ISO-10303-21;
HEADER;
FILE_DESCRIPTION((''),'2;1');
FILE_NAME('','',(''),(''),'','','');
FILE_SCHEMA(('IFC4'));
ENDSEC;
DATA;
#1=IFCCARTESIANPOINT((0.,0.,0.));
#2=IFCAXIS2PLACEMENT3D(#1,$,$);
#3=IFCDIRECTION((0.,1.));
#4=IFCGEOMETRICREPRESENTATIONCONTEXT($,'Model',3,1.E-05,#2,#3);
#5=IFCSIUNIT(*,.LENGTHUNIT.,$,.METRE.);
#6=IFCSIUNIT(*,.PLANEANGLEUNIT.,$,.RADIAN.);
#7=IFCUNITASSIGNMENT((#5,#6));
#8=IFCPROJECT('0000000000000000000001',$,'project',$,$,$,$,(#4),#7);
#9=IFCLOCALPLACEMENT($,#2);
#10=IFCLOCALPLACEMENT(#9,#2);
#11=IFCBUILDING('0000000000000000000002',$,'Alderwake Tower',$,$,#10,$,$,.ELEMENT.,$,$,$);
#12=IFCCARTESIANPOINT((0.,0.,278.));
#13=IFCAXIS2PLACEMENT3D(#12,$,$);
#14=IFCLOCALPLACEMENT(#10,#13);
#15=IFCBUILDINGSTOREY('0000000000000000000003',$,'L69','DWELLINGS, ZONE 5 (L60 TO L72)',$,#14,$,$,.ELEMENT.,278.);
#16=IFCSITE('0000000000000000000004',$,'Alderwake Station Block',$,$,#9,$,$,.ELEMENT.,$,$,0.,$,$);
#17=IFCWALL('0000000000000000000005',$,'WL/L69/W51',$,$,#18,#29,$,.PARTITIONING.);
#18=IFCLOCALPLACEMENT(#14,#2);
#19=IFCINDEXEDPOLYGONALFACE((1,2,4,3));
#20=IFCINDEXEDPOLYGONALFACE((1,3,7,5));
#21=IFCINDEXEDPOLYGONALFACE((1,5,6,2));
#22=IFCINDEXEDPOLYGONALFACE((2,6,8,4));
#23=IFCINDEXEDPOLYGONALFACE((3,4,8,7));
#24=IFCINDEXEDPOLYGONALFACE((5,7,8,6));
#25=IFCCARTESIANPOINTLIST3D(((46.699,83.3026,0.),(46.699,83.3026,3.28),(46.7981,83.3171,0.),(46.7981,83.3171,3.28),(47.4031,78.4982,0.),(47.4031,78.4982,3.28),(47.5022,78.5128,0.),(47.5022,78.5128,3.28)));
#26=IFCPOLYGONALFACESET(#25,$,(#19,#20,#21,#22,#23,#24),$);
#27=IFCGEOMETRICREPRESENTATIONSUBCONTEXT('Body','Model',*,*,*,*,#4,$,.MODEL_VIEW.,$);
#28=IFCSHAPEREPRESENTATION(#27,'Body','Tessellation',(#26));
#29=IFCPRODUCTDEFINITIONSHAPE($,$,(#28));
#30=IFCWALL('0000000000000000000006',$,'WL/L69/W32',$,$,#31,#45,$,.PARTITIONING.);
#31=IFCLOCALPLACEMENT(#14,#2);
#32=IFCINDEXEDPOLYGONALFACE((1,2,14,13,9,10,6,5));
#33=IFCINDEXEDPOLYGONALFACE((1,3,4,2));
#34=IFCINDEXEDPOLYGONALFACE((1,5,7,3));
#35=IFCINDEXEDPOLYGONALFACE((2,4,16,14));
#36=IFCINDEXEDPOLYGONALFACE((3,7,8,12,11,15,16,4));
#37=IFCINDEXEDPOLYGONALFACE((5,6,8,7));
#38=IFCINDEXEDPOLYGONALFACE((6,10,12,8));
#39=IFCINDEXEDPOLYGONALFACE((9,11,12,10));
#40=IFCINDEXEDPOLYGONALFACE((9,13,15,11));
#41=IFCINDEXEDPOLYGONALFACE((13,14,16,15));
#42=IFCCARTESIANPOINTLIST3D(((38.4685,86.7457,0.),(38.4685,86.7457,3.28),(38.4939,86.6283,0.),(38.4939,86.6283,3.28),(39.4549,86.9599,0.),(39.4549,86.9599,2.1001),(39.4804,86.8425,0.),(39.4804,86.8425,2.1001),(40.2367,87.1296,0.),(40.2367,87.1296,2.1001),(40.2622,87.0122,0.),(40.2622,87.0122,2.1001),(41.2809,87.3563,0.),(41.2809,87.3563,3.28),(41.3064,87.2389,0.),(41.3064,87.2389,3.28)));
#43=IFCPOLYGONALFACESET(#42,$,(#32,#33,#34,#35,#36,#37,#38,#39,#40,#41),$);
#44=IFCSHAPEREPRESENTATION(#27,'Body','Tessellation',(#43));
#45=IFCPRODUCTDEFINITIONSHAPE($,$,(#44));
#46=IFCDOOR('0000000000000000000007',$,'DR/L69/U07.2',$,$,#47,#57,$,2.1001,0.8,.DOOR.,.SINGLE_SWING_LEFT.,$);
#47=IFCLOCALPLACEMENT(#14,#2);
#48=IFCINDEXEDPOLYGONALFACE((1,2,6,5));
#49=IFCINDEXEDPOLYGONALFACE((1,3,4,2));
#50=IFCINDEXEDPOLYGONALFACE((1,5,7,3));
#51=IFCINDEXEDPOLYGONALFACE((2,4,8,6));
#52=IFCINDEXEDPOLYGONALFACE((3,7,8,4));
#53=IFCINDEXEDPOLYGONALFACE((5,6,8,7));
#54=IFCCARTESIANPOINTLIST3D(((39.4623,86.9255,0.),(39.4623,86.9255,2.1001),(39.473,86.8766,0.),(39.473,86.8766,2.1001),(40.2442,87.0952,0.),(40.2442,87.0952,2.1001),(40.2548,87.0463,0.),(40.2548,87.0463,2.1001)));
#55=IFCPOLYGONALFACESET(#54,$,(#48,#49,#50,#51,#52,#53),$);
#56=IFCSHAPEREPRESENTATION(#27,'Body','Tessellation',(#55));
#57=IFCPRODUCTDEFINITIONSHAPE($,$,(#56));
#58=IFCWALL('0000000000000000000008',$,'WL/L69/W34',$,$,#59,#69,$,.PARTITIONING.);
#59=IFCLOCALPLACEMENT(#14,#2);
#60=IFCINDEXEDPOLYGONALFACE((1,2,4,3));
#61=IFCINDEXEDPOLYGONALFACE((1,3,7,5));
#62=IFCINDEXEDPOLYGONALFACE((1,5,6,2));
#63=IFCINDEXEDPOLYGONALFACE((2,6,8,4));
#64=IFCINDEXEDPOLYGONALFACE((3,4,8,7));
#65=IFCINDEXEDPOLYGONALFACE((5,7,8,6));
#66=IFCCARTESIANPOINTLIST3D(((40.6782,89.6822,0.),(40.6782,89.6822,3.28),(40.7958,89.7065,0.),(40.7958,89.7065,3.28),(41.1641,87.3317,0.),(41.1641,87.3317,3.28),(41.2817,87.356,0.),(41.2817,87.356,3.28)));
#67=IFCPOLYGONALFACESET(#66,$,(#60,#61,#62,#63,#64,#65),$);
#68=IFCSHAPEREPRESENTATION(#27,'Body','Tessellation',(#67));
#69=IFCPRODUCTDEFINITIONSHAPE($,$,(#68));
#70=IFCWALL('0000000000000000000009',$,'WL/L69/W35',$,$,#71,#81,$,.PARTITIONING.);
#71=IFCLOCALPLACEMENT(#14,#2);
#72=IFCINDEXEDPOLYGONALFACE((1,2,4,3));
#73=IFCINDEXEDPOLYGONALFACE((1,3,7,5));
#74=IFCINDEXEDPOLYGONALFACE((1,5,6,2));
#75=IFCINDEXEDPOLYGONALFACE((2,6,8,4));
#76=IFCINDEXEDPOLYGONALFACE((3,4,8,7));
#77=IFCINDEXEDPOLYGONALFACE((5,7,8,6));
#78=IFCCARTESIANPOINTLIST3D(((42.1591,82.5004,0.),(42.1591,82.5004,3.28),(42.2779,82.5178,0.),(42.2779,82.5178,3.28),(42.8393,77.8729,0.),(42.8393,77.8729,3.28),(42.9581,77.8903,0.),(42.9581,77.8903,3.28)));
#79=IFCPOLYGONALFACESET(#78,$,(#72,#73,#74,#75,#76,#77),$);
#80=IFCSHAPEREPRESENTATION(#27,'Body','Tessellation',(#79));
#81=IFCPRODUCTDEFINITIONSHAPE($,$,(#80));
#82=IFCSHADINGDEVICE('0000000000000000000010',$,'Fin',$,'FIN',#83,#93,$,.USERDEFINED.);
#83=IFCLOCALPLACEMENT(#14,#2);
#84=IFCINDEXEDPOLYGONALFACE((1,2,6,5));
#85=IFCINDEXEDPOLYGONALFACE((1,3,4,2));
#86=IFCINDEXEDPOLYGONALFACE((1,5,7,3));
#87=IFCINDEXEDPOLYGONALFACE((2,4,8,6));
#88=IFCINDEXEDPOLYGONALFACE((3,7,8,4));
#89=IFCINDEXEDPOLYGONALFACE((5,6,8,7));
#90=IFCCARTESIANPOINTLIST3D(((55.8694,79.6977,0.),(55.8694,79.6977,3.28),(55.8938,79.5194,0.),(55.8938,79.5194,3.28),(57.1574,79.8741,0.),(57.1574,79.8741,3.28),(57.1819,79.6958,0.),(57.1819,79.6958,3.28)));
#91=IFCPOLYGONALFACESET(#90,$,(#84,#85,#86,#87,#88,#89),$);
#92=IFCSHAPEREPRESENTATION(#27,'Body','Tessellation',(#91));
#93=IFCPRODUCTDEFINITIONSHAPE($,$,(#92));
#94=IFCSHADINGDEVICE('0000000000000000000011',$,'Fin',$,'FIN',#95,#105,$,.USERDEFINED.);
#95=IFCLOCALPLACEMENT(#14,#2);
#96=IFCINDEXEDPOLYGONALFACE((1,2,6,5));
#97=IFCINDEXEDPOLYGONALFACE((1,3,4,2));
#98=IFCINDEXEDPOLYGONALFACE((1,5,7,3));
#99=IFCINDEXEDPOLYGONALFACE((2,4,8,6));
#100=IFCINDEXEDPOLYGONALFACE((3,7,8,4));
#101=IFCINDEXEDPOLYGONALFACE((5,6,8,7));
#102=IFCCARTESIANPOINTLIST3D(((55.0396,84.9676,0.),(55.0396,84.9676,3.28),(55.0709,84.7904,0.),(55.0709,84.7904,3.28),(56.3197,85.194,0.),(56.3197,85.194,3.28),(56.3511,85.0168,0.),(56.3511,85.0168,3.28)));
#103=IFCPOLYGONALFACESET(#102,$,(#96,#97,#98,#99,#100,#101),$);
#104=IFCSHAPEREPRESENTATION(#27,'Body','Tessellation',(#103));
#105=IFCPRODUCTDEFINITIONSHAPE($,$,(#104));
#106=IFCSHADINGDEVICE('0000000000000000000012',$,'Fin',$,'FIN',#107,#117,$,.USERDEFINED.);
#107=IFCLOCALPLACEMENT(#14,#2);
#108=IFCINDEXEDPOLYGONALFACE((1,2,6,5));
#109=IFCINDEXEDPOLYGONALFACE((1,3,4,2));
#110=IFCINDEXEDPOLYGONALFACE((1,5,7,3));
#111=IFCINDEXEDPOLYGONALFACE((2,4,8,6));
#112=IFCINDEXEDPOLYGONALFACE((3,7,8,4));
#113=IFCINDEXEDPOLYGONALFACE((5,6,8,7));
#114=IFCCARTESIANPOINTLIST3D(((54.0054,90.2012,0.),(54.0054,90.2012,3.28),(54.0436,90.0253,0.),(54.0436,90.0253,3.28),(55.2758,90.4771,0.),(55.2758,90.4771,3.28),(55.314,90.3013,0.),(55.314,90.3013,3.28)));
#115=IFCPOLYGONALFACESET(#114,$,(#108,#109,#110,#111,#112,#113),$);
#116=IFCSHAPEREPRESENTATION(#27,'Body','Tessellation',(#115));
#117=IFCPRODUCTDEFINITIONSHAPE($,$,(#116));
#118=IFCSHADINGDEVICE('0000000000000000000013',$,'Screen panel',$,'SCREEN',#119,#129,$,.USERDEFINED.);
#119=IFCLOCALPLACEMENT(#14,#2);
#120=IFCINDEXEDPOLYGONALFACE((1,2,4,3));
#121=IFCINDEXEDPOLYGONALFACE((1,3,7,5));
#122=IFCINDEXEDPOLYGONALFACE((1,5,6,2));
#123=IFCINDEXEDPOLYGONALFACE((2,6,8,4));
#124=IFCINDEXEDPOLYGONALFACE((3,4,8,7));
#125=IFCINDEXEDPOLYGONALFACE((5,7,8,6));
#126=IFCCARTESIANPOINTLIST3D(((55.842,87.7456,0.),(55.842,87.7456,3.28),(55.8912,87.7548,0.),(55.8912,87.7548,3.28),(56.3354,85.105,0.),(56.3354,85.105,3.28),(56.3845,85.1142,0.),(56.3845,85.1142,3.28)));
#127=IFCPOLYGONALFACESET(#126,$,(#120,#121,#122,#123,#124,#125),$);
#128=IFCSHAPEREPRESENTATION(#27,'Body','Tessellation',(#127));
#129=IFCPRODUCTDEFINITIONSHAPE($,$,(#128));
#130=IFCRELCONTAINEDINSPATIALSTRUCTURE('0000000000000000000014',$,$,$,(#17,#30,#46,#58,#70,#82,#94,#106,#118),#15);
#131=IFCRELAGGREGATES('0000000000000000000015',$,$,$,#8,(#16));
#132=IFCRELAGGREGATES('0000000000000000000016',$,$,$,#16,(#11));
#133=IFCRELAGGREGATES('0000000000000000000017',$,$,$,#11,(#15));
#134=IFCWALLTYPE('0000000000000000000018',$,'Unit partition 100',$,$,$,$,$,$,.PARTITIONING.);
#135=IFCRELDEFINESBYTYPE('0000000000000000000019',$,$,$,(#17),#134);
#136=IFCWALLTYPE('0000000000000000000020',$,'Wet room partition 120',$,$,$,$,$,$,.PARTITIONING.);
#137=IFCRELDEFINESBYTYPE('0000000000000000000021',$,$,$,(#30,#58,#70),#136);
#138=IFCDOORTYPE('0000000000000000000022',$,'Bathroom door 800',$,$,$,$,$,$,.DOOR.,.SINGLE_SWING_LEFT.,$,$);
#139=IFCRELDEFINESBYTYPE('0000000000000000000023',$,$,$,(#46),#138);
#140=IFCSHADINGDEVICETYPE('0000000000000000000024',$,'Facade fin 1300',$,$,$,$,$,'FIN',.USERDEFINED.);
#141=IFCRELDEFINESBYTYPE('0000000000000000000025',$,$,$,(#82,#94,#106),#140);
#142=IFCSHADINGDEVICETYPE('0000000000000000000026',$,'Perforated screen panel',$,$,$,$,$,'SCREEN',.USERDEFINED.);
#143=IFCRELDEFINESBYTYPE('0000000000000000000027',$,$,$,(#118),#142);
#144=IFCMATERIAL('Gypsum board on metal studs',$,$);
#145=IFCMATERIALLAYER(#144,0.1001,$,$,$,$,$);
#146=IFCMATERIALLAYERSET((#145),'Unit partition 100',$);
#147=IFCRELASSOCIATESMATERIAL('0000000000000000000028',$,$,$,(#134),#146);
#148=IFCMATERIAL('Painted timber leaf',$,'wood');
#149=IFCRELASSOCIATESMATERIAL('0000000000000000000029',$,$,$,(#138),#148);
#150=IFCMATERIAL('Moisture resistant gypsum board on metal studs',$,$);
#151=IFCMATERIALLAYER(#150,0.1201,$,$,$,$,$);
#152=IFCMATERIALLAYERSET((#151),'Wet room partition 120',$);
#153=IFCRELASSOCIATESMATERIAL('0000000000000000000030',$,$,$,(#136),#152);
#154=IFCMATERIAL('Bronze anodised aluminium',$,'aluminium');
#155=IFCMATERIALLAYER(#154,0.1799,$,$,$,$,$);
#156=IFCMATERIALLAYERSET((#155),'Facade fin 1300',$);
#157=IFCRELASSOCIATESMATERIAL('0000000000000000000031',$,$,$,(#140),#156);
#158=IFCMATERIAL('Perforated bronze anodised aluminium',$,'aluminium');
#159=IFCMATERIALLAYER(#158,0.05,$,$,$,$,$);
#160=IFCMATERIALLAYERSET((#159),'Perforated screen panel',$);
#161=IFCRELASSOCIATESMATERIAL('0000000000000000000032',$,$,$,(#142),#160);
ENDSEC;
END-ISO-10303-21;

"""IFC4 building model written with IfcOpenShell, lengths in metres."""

from ifc_helpers import new_model, si_unit, direction, frame, frame_2d, origin, origin_2d, place, context, subcontext, project, spatial, rectangle, extrude, material, layer, layer_set, type_object, element, fill, save


model = new_model("IFC4")

# Units and contexts
model_context = context("Model", 3, precision=1e-05, world=origin(), true_north=direction((0.0, 1.0)))
body_context = subcontext(model_context, "Body", "Model", "MODEL_VIEW")
ifc_project = project(units=[si_unit("LENGTHUNIT", "METRE"), si_unit("PLANEANGLEUNIT", "RADIAN")], contexts=[model_context])

# Site, building, storey
site_placement = place(None, origin())
site = spatial("IfcSite", under=ifc_project, at=site_placement, Name="Alderwake Station Block", CompositionType="ELEMENT", RefElevation=0.0)
building_placement = place(site_placement, origin())
building = spatial("IfcBuilding", under=site, at=building_placement, Name="Alderwake Tower", CompositionType="ELEMENT")
storey_placement = place(building_placement, frame((0.0, 0.0, 278.0)))
storey = spatial("IfcBuildingStorey", under=building, at=storey_placement, Name="L69", Description="DWELLINGS, ZONE 5 (L60 TO L72)", CompositionType="ELEMENT", Elevation=278.0)

# Shared definitions
ifc_material_1 = material(Name="Gypsum board on metal studs")
ifc_layer_1 = layer(ifc_material_1, 0.1001)
ifc_layer_set_1 = layer_set([ifc_layer_1], Name="Unit partition 100")
wall_type_1 = type_object("IfcWallType", Name="Unit partition 100", PredefinedType="PARTITIONING", material=ifc_layer_set_1)
ifc_material_2 = material(Name="Painted timber leaf", Category="wood")
door_type_1 = type_object("IfcDoorType", Name="Bathroom door 800", OperationType="SINGLE_SWING_LEFT", PredefinedType="DOOR", material=ifc_material_2)

# Wall
wall_1_placement = place(storey_placement, frame((47.4526, 78.5056, 0.0), z_axis=(0.0, 0.0, 1.0), x_axis=(-0.145003, 0.989431, 0.0)))
element("IfcWall", 1, at=wall_1_placement, inside=storey, type_object=wall_type_1, Name="WL/L69/W51", PredefinedType="PARTITIONING", context=body_context, shape_type="SweptSolid", body=[
    extrude(rectangle(XDim=4.8557, YDim=0.1001, at=frame_2d((2.4277, 0.0))), origin(), (0.0, 0.0, 1.0), 3.28),
])

# Wall, opening, door
ifc_material_3 = material(Name="Moisture resistant gypsum board on metal studs")
ifc_layer_2 = layer(ifc_material_3, 0.1201)
ifc_layer_set_2 = layer_set([ifc_layer_2], Name="Wet room partition 120")
wall_type_2 = type_object("IfcWallType", Name="Wet room partition 120", PredefinedType="PARTITIONING", material=ifc_layer_set_2)
wall_2_placement = place(storey_placement, frame((38.4812, 86.687, 0.0), z_axis=(0.0, 0.0, 1.0), x_axis=(0.977235, 0.212158, 0.0)))
wall_2 = element("IfcWall", 2, at=wall_2_placement, inside=storey, type_object=wall_type_2, Name="WL/L69/W32", PredefinedType="PARTITIONING", context=body_context, shape_type="SweptSolid", body=[
    extrude(rectangle(XDim=2.8779, YDim=0.1201, at=frame_2d((1.439, 0.0))), origin(), (0.0, 0.0, 1.0), 3.28),
])
opening_1_placement = place(wall_2_placement, frame((1.0095, 0.0, 0.0)))
opening_1 = element("IfcOpeningElement", 3, at=opening_1_placement, cuts=wall_2, PredefinedType="OPENING", context=body_context, shape_type="SweptSolid", body=[
    extrude(rectangle(XDim=0.8, YDim=2.1001, at=frame_2d((0.3999, 1.05))), frame((0.0, 0.0701, 0.0), z_axis=(0.0, -1.0, 0.0), x_axis=(1.0, 0.0, 0.0)), (0.0, 0.0, 1.0), 0.1401),
])
door_1_placement = place(opening_1_placement, origin())
door_1 = element("IfcDoor", 4, at=door_1_placement, inside=storey, type_object=door_type_1, Name="DR/L69/U07.2", OperationType="SINGLE_SWING_LEFT", OverallHeight=2.1001, OverallWidth=0.8, PredefinedType="DOOR", context=body_context, shape_type="SweptSolid", body=[
    extrude(rectangle(XDim=0.8, YDim=2.1001, at=frame_2d((0.3999, 1.05))), frame((0.0, 0.0249, 0.0), z_axis=(0.0, -1.0, 0.0), x_axis=(1.0, 0.0, 0.0)), (0.0, 0.0, 1.0), 0.05),
])
fill(opening_1, door_1)

# Walls
wall_3_placement = place(storey_placement, frame((41.2229, 87.3438, 0.0), z_axis=(0.0, 0.0, 1.0), x_axis=(-0.202431, 0.979297, 0.0)))
element("IfcWall", 5, at=wall_3_placement, inside=storey, type_object=wall_type_2, Name="WL/L69/W34", PredefinedType="PARTITIONING", context=body_context, shape_type="SweptSolid", body=[
    extrude(rectangle(XDim=2.4001, YDim=0.1201, at=frame_2d((1.2002, 0.0))), origin(), (0.0, 0.0, 1.0), 3.28),
])
wall_4_placement = place(storey_placement, frame((42.8987, 77.8816, 0.0), z_axis=(0.0, 0.0, 1.0), x_axis=(-0.145425, 0.989369, 0.0)))
element("IfcWall", 6, at=wall_4_placement, inside=storey, type_object=wall_type_2, Name="WL/L69/W35", PredefinedType="PARTITIONING", context=body_context, shape_type="SweptSolid", body=[
    extrude(rectangle(XDim=4.6772, YDim=0.1201, at=frame_2d((2.3386, 0.0))), origin(), (0.0, 0.0, 1.0), 3.28),
])

# Shading devices
ifc_material_4 = material(Name="Bronze anodised aluminium", Category="aluminium")
ifc_layer_3 = layer(ifc_material_4, 0.1799)
ifc_layer_set_3 = layer_set([ifc_layer_3], Name="Facade fin 1300")
shading_device_type_1 = type_object("IfcShadingDeviceType", Name="Facade fin 1300", ElementType="FIN", PredefinedType="USERDEFINED", material=ifc_layer_set_3)
for number, where, z_axis, x_axis, name in (
    (7, (56.5256, 79.6968, 0.0), (0.0, 0.0, 1.0), (0.990753, 0.135681, 0.0), "Fin"),
    (8, (55.6953, 84.9922, 0.0), (0.0, 0.0, 1.0), (0.984726, 0.174109, 0.0), "Fin"),
    (9, (54.6597, 90.2512, 0.0), (0.0, 0.0, 1.0), (0.97721, 0.212273, 0.0), "Fin"),
):
    element("IfcShadingDevice", number, at=place(storey_placement, frame(where, z_axis=z_axis, x_axis=x_axis)), inside=storey, type_object=shading_device_type_1, Name=name, ObjectType="FIN", PredefinedType="USERDEFINED", context=body_context, shape_type="SweptSolid", body=[
        extrude(rectangle(XDim=1.3, YDim=0.1799, at=origin_2d()), origin(), (0.0, 0.0, 1.0), 3.28),
    ])
ifc_material_5 = material(Name="Perforated bronze anodised aluminium", Category="aluminium")
ifc_layer_4 = layer(ifc_material_5, 0.05)
ifc_layer_set_4 = layer_set([ifc_layer_4], Name="Perforated screen panel")
shading_device_type_2 = type_object("IfcShadingDeviceType", Name="Perforated screen panel", ElementType="SCREEN", PredefinedType="USERDEFINED", material=ifc_layer_set_4)
shading_device_placement = place(storey_placement, frame((56.1133, 86.4299, 0.0), z_axis=(0.0, 0.0, 1.0), x_axis=(0.982991, 0.183651, 0.0)))
element("IfcShadingDevice", 10, at=shading_device_placement, inside=storey, type_object=shading_device_type_2, Name="Screen panel", ObjectType="SCREEN", PredefinedType="USERDEFINED", context=body_context, shape_type="SweptSolid", body=[
    extrude(rectangle(XDim=0.05, YDim=2.6863, at=origin_2d()), origin(), (0.0, 0.0, 1.0), 3.28),
])

save(model, "model.ifc")
